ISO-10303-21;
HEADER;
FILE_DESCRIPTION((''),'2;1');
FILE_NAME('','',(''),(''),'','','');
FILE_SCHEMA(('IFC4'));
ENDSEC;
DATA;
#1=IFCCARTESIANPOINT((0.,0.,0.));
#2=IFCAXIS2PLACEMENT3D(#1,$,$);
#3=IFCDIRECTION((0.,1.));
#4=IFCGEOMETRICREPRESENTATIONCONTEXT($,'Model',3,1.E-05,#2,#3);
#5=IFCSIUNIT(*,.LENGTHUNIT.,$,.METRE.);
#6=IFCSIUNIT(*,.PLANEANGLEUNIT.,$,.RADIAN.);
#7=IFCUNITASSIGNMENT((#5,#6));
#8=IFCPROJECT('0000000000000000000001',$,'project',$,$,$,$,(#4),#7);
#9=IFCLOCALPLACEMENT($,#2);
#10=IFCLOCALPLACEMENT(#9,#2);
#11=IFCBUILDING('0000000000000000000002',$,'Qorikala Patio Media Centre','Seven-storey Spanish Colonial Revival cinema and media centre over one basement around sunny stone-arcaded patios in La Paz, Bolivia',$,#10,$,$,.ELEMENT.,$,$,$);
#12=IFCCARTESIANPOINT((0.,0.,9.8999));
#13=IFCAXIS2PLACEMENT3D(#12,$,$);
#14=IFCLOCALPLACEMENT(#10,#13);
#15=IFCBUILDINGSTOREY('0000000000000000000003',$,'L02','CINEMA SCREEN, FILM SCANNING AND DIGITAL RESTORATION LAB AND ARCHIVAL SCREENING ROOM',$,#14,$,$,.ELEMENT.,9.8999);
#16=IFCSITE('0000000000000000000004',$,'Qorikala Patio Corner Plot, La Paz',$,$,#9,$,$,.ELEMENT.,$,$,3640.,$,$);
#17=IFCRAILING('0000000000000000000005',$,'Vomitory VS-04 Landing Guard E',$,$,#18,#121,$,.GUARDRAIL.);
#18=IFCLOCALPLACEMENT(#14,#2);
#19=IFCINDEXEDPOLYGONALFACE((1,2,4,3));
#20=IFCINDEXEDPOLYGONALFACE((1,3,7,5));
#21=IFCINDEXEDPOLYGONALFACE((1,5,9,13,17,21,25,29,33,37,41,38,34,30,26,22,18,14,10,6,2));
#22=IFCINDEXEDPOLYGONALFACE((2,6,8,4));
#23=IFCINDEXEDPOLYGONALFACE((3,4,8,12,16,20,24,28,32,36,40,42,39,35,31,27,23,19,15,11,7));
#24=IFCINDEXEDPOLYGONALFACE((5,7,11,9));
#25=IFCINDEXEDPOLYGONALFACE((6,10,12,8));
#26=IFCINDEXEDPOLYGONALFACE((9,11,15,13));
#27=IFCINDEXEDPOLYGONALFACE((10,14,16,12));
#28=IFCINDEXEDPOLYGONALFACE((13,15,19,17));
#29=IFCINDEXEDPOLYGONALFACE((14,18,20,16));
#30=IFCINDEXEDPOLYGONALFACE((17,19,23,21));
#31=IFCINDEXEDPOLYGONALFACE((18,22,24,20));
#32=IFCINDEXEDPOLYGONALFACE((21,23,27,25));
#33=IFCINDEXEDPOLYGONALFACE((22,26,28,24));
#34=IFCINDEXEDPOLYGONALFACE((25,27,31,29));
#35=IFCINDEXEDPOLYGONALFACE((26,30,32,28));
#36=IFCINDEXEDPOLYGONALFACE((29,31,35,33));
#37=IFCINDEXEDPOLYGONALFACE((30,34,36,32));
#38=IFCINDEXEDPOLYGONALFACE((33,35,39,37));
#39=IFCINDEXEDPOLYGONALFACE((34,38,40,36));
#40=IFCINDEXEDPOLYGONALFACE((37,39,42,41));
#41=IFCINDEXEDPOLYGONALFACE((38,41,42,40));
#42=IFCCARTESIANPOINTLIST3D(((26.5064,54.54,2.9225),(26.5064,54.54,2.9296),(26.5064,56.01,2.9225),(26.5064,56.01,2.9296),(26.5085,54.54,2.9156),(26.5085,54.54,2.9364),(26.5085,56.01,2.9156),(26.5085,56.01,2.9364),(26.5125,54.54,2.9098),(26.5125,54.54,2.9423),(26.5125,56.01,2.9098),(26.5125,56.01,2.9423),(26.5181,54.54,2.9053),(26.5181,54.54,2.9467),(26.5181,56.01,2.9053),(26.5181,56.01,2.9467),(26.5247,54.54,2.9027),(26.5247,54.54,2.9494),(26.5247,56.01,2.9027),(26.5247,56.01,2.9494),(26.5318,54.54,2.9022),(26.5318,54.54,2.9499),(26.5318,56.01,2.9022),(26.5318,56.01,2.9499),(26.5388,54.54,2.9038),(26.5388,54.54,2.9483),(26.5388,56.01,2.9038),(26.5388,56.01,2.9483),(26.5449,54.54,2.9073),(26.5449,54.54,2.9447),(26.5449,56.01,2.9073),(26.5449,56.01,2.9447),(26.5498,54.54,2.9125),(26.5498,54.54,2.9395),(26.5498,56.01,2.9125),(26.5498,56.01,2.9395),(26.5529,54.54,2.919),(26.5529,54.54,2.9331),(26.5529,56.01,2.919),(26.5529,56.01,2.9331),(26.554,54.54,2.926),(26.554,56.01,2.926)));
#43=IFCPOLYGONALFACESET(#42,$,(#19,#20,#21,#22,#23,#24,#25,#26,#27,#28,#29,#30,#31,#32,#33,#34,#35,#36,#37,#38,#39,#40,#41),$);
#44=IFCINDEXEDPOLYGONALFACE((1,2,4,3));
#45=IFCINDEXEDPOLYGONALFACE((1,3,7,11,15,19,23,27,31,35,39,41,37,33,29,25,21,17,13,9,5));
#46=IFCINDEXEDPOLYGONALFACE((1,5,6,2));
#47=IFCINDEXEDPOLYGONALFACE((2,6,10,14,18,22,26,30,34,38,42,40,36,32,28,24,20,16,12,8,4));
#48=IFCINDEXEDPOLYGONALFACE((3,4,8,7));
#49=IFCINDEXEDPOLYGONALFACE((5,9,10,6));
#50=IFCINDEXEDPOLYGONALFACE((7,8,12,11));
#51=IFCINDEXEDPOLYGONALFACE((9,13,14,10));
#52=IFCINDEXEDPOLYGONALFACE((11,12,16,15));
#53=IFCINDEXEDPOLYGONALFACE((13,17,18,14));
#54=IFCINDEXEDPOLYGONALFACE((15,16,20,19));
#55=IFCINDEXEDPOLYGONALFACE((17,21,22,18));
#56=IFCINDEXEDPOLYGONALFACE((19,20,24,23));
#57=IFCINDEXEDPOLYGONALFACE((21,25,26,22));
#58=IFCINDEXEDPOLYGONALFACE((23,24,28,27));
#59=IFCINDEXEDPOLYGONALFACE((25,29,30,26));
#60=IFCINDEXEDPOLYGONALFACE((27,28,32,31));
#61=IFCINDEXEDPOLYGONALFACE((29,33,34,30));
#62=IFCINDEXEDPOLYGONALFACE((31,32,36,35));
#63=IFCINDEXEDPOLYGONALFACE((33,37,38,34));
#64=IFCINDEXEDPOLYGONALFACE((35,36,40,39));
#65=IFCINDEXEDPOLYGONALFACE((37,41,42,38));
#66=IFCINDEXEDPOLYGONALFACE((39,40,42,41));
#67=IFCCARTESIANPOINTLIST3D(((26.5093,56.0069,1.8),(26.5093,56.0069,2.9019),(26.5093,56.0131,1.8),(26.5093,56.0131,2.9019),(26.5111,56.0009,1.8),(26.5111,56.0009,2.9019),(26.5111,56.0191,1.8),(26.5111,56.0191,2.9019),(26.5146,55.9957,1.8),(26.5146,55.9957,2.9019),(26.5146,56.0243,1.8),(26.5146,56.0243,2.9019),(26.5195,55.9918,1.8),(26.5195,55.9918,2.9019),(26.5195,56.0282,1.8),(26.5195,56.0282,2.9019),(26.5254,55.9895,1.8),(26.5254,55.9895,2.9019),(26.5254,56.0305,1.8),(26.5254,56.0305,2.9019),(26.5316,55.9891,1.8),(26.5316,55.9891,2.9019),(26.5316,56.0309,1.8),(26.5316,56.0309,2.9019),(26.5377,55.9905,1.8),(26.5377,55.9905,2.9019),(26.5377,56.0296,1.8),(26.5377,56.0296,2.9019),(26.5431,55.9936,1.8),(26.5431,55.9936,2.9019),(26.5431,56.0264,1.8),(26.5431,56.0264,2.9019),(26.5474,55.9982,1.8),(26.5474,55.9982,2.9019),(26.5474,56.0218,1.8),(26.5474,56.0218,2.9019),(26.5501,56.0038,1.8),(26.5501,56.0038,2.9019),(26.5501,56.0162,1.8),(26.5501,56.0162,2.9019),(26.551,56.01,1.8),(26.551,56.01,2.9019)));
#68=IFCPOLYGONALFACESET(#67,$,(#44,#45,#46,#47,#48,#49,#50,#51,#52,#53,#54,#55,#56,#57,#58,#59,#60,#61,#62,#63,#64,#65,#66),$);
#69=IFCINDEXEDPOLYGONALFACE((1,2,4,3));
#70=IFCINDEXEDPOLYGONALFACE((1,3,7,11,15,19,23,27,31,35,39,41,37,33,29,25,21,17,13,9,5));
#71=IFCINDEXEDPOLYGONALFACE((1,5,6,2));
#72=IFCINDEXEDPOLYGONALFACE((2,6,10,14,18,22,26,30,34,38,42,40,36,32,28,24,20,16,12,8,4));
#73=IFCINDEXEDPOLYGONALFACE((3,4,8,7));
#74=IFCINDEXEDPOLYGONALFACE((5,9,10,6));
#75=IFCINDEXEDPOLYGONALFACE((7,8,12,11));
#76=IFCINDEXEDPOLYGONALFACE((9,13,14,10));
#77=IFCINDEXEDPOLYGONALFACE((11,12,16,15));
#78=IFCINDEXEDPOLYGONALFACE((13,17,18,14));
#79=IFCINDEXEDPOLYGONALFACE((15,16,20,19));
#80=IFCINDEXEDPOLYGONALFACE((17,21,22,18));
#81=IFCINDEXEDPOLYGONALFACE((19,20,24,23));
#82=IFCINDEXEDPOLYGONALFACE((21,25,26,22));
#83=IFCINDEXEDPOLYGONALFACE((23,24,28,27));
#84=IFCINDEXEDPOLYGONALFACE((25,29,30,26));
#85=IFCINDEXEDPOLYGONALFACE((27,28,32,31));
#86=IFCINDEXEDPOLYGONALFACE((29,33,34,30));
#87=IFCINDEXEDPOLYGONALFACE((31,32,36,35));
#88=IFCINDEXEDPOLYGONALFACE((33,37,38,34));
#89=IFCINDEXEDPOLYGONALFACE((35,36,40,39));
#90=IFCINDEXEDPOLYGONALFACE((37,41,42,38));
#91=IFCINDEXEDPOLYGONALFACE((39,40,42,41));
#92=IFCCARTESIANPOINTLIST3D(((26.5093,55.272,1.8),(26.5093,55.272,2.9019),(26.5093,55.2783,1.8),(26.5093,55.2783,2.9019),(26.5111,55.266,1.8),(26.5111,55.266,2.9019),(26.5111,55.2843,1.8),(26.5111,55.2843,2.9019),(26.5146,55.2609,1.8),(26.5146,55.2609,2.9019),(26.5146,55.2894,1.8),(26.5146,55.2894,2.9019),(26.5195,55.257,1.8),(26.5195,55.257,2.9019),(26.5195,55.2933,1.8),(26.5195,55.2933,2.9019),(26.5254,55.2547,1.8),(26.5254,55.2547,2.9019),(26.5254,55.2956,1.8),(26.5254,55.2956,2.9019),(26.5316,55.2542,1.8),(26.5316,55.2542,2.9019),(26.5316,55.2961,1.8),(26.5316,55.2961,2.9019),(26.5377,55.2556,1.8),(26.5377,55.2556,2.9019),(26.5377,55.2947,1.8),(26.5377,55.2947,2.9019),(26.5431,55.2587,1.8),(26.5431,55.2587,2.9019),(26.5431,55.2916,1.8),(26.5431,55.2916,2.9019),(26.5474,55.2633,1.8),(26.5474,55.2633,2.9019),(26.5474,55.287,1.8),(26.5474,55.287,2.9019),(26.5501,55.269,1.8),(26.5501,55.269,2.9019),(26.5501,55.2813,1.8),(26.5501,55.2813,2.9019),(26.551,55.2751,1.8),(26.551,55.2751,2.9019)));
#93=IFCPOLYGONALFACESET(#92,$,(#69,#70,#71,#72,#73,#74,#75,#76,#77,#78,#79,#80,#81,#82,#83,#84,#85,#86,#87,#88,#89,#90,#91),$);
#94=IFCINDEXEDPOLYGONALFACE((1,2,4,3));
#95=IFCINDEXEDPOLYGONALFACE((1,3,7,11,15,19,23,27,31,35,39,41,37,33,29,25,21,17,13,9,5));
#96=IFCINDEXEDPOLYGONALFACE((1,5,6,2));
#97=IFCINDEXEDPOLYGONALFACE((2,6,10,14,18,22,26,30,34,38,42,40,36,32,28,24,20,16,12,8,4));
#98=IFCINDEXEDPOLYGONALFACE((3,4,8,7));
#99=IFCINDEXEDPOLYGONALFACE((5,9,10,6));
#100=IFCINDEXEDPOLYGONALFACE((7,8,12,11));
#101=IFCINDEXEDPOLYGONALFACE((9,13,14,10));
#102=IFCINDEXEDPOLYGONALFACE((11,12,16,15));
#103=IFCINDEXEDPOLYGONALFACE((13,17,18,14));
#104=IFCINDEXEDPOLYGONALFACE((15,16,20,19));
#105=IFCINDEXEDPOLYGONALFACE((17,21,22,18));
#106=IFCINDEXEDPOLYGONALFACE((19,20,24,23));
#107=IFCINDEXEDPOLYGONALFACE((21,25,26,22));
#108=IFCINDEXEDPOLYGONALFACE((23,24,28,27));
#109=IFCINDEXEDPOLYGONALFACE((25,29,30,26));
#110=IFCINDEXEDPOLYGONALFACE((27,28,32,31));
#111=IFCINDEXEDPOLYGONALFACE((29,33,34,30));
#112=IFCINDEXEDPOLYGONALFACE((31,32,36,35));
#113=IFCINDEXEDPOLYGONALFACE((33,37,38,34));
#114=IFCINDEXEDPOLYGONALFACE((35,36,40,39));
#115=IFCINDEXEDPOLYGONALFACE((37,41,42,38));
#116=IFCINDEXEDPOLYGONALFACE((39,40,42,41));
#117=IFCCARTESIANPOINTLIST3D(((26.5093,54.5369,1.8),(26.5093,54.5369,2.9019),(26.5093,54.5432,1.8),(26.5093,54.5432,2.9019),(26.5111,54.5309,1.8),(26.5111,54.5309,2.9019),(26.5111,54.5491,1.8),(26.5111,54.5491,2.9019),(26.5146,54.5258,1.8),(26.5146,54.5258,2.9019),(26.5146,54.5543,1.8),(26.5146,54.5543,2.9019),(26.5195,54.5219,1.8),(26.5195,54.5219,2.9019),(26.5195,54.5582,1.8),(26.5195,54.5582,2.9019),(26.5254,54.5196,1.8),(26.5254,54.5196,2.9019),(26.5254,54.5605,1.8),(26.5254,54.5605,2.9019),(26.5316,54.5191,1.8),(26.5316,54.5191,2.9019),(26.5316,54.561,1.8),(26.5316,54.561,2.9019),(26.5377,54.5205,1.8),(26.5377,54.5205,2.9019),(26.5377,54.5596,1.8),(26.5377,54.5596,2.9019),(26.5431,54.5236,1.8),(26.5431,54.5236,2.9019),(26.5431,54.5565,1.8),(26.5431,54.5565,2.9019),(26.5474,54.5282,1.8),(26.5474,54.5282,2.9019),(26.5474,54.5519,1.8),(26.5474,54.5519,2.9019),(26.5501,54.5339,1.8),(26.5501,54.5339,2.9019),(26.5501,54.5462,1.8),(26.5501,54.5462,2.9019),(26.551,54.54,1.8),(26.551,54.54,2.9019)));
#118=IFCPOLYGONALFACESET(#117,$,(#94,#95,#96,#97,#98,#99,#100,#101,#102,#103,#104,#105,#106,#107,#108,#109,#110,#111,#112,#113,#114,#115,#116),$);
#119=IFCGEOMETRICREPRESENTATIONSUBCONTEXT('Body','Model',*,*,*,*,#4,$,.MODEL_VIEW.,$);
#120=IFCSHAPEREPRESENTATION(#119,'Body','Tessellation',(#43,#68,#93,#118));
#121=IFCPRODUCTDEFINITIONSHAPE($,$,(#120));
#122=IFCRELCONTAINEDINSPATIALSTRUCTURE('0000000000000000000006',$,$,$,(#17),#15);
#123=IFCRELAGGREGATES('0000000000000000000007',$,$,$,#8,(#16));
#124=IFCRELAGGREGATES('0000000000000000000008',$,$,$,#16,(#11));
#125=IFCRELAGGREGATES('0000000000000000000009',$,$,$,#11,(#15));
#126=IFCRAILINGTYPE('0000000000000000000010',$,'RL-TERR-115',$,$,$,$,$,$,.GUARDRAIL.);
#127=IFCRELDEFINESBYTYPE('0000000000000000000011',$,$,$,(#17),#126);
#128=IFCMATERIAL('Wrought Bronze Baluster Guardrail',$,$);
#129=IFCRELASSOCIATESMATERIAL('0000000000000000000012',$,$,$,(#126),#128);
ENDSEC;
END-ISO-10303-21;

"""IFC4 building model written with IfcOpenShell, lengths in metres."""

from ifc_helpers import new_model, si_unit, direction, frame, origin, origin_2d, place, context, subcontext, project, spatial, circle, extrude, material, type_object, element, save


model = new_model("IFC4")

# Units and contexts
model_context = context("Model", 3, precision=1e-05, world=origin(), true_north=direction((0.0, 1.0)))
body_context = subcontext(model_context, "Body", "Model", "MODEL_VIEW")
ifc_project = project(units=[si_unit("LENGTHUNIT", "METRE"), si_unit("PLANEANGLEUNIT", "RADIAN")], contexts=[model_context])

# Site, building, storey
site_placement = place(None, origin())
site = spatial("IfcSite", under=ifc_project, at=site_placement, Name="Qorikala Patio Corner Plot, La Paz", CompositionType="ELEMENT", RefElevation=3640.0)
building_placement = place(site_placement, origin())
building = spatial("IfcBuilding", under=site, at=building_placement, Name="Qorikala Patio Media Centre", Description="Seven-storey Spanish Colonial Revival cinema and media centre over one basement around sunny stone-arcaded patios in La Paz, Bolivia", CompositionType="ELEMENT")
storey_placement = place(building_placement, frame((0.0, 0.0, 9.8999)))
storey = spatial("IfcBuildingStorey", under=building, at=storey_placement, Name="L02", Description="CINEMA SCREEN, FILM SCANNING AND DIGITAL RESTORATION LAB AND ARCHIVAL SCREENING ROOM", CompositionType="ELEMENT", Elevation=9.8999)

# Railing
ifc_material_1 = material(Name="Wrought Bronze Baluster Guardrail")
railing_type = type_object("IfcRailingType", Name="RL-TERR-115", PredefinedType="GUARDRAIL", material=ifc_material_1)
railing_1_placement = place(storey_placement, frame((26.53, 56.01, 1.8)))
element("IfcRailing", 1, at=railing_1_placement, inside=storey, type_object=railing_type, Name="Vomitory VS-04 Landing Guard E", PredefinedType="GUARDRAIL", context=body_context, shape_type="SweptSolid", body=[
    extrude(circle(Radius=0.0239, at=origin_2d()), frame((0.0, 0.0, 1.126), z_axis=(0.0, -1.0, 0.0), x_axis=(1.0, 0.0, 0.0)), (0.0, 0.0, 1.0), 1.47),
    extrude(circle(Radius=0.021, at=origin_2d()), origin(), (0.0, 0.0, 1.0), 1.1018),
    extrude(circle(Radius=0.021, at=origin_2d()), frame((0.0, -0.7349, 0.0)), (0.0, 0.0, 1.0), 1.1018),
    extrude(circle(Radius=0.021, at=origin_2d()), frame((0.0, -1.47, 0.0)), (0.0, 0.0, 1.0), 1.1018),
])

save(model, "model.ifc")
